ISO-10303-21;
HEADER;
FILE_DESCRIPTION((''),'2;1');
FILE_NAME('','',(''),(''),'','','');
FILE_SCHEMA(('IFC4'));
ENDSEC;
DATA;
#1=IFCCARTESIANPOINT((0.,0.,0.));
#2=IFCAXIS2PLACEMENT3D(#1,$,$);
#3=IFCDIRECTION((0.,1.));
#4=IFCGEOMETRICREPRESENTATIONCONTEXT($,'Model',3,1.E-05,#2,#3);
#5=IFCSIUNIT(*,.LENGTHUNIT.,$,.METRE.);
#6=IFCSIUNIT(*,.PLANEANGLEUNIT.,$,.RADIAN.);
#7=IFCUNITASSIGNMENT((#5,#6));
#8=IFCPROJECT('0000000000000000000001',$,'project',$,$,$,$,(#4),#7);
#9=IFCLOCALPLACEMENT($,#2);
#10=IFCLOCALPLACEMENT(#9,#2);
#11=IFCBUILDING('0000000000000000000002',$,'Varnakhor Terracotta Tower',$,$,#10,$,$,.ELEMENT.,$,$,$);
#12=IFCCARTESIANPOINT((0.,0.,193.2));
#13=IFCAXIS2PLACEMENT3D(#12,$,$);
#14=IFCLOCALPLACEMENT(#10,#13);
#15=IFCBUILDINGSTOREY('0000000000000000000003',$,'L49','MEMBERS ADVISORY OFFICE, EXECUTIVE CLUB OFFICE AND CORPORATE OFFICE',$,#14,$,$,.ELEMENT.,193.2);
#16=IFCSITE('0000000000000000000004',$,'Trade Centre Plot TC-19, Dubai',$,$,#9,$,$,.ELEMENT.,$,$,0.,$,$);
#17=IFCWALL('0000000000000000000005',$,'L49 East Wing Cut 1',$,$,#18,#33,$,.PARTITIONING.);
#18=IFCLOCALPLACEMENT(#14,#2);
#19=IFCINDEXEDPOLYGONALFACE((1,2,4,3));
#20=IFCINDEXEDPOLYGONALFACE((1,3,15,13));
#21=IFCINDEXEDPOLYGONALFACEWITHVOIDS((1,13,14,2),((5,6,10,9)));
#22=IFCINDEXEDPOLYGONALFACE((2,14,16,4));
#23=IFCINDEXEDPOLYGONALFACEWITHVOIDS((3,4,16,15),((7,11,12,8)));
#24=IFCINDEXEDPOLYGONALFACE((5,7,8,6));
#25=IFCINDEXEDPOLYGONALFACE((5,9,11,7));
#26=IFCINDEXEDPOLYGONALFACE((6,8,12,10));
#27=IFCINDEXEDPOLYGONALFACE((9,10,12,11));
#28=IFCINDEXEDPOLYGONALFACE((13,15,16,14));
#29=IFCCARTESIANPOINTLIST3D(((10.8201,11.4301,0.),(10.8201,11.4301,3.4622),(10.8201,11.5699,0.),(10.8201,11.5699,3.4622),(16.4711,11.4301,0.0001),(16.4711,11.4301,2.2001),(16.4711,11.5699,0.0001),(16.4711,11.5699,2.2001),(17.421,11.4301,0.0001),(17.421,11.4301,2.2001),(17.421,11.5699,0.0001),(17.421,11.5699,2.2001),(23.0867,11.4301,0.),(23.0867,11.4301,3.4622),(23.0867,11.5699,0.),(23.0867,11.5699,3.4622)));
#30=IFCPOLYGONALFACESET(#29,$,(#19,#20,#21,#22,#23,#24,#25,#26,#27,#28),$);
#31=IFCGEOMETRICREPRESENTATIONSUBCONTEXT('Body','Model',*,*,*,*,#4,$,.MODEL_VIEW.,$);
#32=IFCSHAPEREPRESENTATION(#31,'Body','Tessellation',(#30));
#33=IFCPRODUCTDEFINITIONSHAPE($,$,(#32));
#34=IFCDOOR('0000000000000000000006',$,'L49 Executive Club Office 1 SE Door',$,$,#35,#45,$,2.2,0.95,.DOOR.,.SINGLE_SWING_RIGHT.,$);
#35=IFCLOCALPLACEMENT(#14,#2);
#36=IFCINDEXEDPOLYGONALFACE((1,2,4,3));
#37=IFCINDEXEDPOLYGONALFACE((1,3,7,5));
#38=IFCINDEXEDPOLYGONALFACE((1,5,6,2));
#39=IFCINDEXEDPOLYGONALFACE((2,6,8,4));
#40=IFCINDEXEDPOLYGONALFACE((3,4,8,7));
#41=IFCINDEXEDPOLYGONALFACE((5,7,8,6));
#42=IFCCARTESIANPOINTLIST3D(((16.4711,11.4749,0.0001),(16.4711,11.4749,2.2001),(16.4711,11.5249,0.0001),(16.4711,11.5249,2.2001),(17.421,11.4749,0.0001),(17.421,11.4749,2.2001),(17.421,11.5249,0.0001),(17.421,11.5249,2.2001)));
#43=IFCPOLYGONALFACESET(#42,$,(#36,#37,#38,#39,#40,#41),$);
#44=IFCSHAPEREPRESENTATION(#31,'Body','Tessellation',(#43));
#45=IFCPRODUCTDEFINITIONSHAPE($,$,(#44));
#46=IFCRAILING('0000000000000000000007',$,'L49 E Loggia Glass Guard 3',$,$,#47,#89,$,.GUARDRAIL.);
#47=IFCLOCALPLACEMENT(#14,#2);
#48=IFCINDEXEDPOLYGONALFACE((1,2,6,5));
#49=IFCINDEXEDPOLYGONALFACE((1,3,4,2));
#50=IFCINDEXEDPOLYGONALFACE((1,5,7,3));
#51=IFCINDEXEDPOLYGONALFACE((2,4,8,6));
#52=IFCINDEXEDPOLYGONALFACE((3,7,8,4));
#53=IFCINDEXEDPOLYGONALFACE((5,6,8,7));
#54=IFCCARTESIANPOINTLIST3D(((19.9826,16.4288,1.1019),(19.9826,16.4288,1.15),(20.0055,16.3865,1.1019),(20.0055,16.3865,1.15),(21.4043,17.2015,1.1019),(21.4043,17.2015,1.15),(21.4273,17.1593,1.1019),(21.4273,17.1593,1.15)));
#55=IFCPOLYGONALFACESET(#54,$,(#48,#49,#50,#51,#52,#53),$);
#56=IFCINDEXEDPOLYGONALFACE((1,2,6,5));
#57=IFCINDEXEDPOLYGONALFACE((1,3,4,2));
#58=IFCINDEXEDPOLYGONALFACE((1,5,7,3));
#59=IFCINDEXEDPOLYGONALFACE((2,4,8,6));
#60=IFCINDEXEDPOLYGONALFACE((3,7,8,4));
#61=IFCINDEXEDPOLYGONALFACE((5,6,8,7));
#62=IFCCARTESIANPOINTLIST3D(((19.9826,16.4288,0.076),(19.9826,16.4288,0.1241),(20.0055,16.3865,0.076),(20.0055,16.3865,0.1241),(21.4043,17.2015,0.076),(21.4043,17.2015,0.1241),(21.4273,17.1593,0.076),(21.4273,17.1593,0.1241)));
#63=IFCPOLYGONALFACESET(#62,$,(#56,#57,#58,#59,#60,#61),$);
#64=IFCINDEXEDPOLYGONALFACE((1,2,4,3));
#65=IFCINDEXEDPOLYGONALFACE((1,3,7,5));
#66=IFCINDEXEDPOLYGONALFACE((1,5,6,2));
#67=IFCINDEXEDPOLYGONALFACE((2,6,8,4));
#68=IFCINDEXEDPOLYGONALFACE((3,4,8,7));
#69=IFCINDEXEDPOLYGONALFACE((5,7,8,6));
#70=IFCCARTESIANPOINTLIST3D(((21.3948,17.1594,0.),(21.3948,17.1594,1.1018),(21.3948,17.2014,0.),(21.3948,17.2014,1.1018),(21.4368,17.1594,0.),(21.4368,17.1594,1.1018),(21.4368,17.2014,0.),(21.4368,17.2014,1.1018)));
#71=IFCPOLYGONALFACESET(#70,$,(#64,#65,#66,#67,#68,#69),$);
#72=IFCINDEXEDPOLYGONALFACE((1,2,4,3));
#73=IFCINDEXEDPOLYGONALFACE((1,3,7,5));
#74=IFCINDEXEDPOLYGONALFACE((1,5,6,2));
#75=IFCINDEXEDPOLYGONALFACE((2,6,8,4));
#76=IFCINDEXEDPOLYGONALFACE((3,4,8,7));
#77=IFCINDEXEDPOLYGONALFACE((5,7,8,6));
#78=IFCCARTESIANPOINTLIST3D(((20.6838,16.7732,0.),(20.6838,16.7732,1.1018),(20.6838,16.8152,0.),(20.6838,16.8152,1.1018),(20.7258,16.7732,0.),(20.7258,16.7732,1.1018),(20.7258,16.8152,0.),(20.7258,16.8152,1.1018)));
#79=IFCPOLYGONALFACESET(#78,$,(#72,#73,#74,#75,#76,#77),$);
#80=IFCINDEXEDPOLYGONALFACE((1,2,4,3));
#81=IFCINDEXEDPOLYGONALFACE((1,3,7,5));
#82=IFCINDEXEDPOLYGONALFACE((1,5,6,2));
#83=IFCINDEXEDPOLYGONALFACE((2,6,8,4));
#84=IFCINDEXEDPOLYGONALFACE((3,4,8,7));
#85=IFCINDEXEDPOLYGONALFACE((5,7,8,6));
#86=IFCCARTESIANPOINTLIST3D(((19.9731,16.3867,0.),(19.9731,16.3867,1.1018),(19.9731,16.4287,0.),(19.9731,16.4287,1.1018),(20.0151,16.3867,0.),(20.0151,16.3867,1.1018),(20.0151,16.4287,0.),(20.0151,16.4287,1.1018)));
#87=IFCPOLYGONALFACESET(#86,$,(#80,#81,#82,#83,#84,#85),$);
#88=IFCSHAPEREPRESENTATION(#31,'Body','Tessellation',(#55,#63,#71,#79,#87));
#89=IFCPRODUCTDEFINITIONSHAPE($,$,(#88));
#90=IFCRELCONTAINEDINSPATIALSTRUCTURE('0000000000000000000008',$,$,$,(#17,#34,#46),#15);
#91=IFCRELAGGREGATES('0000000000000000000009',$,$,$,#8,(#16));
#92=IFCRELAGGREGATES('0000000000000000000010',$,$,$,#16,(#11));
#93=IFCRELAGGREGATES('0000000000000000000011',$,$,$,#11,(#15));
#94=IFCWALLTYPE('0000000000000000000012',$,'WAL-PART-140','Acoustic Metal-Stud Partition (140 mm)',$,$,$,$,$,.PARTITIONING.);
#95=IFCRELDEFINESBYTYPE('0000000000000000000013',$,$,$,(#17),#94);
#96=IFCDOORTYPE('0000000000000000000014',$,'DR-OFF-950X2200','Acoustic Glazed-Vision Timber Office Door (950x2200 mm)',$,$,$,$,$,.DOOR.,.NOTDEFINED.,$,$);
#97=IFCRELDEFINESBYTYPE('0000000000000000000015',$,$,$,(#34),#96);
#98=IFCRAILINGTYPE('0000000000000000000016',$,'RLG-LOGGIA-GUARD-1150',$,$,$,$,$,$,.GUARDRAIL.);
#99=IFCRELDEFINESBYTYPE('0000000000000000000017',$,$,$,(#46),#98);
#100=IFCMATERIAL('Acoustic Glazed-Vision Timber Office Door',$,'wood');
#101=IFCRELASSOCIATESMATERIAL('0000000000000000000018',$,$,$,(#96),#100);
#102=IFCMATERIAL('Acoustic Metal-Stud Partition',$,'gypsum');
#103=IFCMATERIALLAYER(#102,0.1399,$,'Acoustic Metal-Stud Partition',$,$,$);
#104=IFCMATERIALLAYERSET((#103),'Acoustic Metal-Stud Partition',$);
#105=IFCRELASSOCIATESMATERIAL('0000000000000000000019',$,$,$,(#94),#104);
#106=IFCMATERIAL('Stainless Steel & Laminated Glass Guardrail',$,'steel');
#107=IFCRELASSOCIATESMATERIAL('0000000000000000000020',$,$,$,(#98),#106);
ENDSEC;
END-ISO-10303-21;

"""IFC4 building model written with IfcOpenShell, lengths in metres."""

from ifc_helpers import new_model, si_unit, direction, frame, frame_2d, origin, origin_2d, place, context, subcontext, project, spatial, rectangle, extrude, source, transform, mapped, material, layer, layer_set, type_object, type_shapes, element, fill, save


model = new_model("IFC4")

# Units and contexts
model_context = context("Model", 3, precision=1e-05, world=origin(), true_north=direction((0.0, 1.0)))
body_context = subcontext(model_context, "Body", "Model", "MODEL_VIEW")
ifc_project = project(units=[si_unit("LENGTHUNIT", "METRE"), si_unit("PLANEANGLEUNIT", "RADIAN")], contexts=[model_context])

# Site, building, storey
site_placement = place(None, origin())
site = spatial("IfcSite", under=ifc_project, at=site_placement, Name="Trade Centre Plot TC-19, Dubai", CompositionType="ELEMENT", RefElevation=0.0)
building_placement = place(site_placement, origin())
building = spatial("IfcBuilding", under=site, at=building_placement, Name="Varnakhor Terracotta Tower", CompositionType="ELEMENT")
storey_placement = place(building_placement, frame((0.0, 0.0, 193.2)))
storey = spatial("IfcBuildingStorey", under=building, at=storey_placement, Name="L49", Description="MEMBERS ADVISORY OFFICE, EXECUTIVE CLUB OFFICE AND CORPORATE OFFICE", CompositionType="ELEMENT", Elevation=193.2)

# Wall, opening, door
ifc_material_1 = material(Name="Acoustic Glazed-Vision Timber Office Door", Category="wood")
door_type = type_object("IfcDoorType", Name="DR-OFF-950X2200", Description="Acoustic Glazed-Vision Timber Office Door (950x2200 mm)", OperationType="NOTDEFINED", PredefinedType="DOOR", material=ifc_material_1)
shared_shape_1 = source(origin(), body_context, "Body", "SweptSolid", [
    extrude(rectangle(XDim=0.95, YDim=2.2, at=frame_2d((0.4751, 1.1001))), frame((0.0, 0.0249, 0.0), z_axis=(0.0, -1.0, 0.0), x_axis=(1.0, 0.0, 0.0)), (0.0, 0.0, 1.0), 0.05),
])
type_shapes(door_type, [shared_shape_1])
ifc_material_2 = material(Name="Acoustic Metal-Stud Partition", Category="gypsum")
ifc_layer_1 = layer(ifc_material_2, 0.1399, Name="Acoustic Metal-Stud Partition")
ifc_layer_set_1 = layer_set([ifc_layer_1], Name="Acoustic Metal-Stud Partition")
wall_type_1 = type_object("IfcWallType", Name="WAL-PART-140", Description="Acoustic Metal-Stud Partition (140 mm)", PredefinedType="PARTITIONING", material=ifc_layer_set_1)
wall_1_placement = place(storey_placement, frame((10.8201, 11.5, 0.0), z_axis=(0.0, 0.0, 1.0), x_axis=(1.0, 0.0, 0.0)))
wall_1 = element("IfcWall", 1, at=wall_1_placement, inside=storey, type_object=wall_type_1, Name="L49 East Wing Cut 1", PredefinedType="PARTITIONING", context=body_context, shape_type="SweptSolid", body=[
    extrude(rectangle(XDim=12.2666, YDim=0.1399, at=frame_2d((6.1333, 0.0))), origin(), (0.0, 0.0, 1.0), 3.4622),
])
opening_1_placement = place(wall_1_placement, frame((5.6509, 0.0, 0.0)))
opening_1 = element("IfcOpeningElement", 2, at=opening_1_placement, cuts=wall_1, PredefinedType="OPENING", context=body_context, shape_type="SweptSolid", body=[
    extrude(rectangle(XDim=0.95, YDim=2.2, at=frame_2d((0.4751, 1.1001))), frame((0.0, 0.0801, 0.0), z_axis=(0.0, -1.0, 0.0), x_axis=(1.0, 0.0, 0.0)), (0.0, 0.0, 1.0), 0.1599),
])
door_1_placement = place(opening_1_placement, origin())
door_1 = element("IfcDoor", 3, at=door_1_placement, inside=storey, type_object=door_type, Name="L49 Executive Club Office 1 SE Door", OperationType="SINGLE_SWING_RIGHT", OverallHeight=2.2, OverallWidth=0.95, PredefinedType="DOOR", context=body_context, shape_type="MappedRepresentation", body=[
    mapped(shared_shape_1, transform((0.0, 0.0, 0.0), scale=1.0)),
])
fill(opening_1, door_1)

# Railing
ifc_material_3 = material(Name="Stainless Steel & Laminated Glass Guardrail", Category="steel")
railing_type = type_object("IfcRailingType", Name="RLG-LOGGIA-GUARD-1150", PredefinedType="GUARDRAIL", material=ifc_material_3)
railing_placement = place(storey_placement, frame((21.4158, 17.1804, 0.0)))
element("IfcRailing", 4, at=railing_placement, inside=storey, type_object=railing_type, Name="L49 E Loggia Glass Guard 3", PredefinedType="GUARDRAIL", context=body_context, shape_type="SweptSolid", body=[
    extrude(rectangle(XDim=0.0481, YDim=0.0481, at=origin_2d()), frame((0.0, 0.0, 1.126), z_axis=(-0.878604, -0.477551, 0.0), x_axis=(0.477551, -0.878604, 0.0)), (0.0, 0.0, 1.0), 1.6182),
    extrude(rectangle(XDim=0.0481, YDim=0.0481, at=origin_2d()), frame((0.0, 0.0, 0.1001), z_axis=(-0.878604, -0.477551, 0.0), x_axis=(0.477551, -0.878604, 0.0)), (0.0, 0.0, 1.0), 1.6182),
    extrude(rectangle(XDim=0.042, YDim=0.042, at=origin_2d()), origin(), (0.0, 0.0, 1.0), 1.1018),
    extrude(rectangle(XDim=0.042, YDim=0.042, at=origin_2d()), frame((-0.7109, -0.3862, 0.0)), (0.0, 0.0, 1.0), 1.1018),
    extrude(rectangle(XDim=0.042, YDim=0.042, at=origin_2d()), frame((-1.4216, -0.7727, 0.0)), (0.0, 0.0, 1.0), 1.1018),
])

save(model, "model.ifc")
